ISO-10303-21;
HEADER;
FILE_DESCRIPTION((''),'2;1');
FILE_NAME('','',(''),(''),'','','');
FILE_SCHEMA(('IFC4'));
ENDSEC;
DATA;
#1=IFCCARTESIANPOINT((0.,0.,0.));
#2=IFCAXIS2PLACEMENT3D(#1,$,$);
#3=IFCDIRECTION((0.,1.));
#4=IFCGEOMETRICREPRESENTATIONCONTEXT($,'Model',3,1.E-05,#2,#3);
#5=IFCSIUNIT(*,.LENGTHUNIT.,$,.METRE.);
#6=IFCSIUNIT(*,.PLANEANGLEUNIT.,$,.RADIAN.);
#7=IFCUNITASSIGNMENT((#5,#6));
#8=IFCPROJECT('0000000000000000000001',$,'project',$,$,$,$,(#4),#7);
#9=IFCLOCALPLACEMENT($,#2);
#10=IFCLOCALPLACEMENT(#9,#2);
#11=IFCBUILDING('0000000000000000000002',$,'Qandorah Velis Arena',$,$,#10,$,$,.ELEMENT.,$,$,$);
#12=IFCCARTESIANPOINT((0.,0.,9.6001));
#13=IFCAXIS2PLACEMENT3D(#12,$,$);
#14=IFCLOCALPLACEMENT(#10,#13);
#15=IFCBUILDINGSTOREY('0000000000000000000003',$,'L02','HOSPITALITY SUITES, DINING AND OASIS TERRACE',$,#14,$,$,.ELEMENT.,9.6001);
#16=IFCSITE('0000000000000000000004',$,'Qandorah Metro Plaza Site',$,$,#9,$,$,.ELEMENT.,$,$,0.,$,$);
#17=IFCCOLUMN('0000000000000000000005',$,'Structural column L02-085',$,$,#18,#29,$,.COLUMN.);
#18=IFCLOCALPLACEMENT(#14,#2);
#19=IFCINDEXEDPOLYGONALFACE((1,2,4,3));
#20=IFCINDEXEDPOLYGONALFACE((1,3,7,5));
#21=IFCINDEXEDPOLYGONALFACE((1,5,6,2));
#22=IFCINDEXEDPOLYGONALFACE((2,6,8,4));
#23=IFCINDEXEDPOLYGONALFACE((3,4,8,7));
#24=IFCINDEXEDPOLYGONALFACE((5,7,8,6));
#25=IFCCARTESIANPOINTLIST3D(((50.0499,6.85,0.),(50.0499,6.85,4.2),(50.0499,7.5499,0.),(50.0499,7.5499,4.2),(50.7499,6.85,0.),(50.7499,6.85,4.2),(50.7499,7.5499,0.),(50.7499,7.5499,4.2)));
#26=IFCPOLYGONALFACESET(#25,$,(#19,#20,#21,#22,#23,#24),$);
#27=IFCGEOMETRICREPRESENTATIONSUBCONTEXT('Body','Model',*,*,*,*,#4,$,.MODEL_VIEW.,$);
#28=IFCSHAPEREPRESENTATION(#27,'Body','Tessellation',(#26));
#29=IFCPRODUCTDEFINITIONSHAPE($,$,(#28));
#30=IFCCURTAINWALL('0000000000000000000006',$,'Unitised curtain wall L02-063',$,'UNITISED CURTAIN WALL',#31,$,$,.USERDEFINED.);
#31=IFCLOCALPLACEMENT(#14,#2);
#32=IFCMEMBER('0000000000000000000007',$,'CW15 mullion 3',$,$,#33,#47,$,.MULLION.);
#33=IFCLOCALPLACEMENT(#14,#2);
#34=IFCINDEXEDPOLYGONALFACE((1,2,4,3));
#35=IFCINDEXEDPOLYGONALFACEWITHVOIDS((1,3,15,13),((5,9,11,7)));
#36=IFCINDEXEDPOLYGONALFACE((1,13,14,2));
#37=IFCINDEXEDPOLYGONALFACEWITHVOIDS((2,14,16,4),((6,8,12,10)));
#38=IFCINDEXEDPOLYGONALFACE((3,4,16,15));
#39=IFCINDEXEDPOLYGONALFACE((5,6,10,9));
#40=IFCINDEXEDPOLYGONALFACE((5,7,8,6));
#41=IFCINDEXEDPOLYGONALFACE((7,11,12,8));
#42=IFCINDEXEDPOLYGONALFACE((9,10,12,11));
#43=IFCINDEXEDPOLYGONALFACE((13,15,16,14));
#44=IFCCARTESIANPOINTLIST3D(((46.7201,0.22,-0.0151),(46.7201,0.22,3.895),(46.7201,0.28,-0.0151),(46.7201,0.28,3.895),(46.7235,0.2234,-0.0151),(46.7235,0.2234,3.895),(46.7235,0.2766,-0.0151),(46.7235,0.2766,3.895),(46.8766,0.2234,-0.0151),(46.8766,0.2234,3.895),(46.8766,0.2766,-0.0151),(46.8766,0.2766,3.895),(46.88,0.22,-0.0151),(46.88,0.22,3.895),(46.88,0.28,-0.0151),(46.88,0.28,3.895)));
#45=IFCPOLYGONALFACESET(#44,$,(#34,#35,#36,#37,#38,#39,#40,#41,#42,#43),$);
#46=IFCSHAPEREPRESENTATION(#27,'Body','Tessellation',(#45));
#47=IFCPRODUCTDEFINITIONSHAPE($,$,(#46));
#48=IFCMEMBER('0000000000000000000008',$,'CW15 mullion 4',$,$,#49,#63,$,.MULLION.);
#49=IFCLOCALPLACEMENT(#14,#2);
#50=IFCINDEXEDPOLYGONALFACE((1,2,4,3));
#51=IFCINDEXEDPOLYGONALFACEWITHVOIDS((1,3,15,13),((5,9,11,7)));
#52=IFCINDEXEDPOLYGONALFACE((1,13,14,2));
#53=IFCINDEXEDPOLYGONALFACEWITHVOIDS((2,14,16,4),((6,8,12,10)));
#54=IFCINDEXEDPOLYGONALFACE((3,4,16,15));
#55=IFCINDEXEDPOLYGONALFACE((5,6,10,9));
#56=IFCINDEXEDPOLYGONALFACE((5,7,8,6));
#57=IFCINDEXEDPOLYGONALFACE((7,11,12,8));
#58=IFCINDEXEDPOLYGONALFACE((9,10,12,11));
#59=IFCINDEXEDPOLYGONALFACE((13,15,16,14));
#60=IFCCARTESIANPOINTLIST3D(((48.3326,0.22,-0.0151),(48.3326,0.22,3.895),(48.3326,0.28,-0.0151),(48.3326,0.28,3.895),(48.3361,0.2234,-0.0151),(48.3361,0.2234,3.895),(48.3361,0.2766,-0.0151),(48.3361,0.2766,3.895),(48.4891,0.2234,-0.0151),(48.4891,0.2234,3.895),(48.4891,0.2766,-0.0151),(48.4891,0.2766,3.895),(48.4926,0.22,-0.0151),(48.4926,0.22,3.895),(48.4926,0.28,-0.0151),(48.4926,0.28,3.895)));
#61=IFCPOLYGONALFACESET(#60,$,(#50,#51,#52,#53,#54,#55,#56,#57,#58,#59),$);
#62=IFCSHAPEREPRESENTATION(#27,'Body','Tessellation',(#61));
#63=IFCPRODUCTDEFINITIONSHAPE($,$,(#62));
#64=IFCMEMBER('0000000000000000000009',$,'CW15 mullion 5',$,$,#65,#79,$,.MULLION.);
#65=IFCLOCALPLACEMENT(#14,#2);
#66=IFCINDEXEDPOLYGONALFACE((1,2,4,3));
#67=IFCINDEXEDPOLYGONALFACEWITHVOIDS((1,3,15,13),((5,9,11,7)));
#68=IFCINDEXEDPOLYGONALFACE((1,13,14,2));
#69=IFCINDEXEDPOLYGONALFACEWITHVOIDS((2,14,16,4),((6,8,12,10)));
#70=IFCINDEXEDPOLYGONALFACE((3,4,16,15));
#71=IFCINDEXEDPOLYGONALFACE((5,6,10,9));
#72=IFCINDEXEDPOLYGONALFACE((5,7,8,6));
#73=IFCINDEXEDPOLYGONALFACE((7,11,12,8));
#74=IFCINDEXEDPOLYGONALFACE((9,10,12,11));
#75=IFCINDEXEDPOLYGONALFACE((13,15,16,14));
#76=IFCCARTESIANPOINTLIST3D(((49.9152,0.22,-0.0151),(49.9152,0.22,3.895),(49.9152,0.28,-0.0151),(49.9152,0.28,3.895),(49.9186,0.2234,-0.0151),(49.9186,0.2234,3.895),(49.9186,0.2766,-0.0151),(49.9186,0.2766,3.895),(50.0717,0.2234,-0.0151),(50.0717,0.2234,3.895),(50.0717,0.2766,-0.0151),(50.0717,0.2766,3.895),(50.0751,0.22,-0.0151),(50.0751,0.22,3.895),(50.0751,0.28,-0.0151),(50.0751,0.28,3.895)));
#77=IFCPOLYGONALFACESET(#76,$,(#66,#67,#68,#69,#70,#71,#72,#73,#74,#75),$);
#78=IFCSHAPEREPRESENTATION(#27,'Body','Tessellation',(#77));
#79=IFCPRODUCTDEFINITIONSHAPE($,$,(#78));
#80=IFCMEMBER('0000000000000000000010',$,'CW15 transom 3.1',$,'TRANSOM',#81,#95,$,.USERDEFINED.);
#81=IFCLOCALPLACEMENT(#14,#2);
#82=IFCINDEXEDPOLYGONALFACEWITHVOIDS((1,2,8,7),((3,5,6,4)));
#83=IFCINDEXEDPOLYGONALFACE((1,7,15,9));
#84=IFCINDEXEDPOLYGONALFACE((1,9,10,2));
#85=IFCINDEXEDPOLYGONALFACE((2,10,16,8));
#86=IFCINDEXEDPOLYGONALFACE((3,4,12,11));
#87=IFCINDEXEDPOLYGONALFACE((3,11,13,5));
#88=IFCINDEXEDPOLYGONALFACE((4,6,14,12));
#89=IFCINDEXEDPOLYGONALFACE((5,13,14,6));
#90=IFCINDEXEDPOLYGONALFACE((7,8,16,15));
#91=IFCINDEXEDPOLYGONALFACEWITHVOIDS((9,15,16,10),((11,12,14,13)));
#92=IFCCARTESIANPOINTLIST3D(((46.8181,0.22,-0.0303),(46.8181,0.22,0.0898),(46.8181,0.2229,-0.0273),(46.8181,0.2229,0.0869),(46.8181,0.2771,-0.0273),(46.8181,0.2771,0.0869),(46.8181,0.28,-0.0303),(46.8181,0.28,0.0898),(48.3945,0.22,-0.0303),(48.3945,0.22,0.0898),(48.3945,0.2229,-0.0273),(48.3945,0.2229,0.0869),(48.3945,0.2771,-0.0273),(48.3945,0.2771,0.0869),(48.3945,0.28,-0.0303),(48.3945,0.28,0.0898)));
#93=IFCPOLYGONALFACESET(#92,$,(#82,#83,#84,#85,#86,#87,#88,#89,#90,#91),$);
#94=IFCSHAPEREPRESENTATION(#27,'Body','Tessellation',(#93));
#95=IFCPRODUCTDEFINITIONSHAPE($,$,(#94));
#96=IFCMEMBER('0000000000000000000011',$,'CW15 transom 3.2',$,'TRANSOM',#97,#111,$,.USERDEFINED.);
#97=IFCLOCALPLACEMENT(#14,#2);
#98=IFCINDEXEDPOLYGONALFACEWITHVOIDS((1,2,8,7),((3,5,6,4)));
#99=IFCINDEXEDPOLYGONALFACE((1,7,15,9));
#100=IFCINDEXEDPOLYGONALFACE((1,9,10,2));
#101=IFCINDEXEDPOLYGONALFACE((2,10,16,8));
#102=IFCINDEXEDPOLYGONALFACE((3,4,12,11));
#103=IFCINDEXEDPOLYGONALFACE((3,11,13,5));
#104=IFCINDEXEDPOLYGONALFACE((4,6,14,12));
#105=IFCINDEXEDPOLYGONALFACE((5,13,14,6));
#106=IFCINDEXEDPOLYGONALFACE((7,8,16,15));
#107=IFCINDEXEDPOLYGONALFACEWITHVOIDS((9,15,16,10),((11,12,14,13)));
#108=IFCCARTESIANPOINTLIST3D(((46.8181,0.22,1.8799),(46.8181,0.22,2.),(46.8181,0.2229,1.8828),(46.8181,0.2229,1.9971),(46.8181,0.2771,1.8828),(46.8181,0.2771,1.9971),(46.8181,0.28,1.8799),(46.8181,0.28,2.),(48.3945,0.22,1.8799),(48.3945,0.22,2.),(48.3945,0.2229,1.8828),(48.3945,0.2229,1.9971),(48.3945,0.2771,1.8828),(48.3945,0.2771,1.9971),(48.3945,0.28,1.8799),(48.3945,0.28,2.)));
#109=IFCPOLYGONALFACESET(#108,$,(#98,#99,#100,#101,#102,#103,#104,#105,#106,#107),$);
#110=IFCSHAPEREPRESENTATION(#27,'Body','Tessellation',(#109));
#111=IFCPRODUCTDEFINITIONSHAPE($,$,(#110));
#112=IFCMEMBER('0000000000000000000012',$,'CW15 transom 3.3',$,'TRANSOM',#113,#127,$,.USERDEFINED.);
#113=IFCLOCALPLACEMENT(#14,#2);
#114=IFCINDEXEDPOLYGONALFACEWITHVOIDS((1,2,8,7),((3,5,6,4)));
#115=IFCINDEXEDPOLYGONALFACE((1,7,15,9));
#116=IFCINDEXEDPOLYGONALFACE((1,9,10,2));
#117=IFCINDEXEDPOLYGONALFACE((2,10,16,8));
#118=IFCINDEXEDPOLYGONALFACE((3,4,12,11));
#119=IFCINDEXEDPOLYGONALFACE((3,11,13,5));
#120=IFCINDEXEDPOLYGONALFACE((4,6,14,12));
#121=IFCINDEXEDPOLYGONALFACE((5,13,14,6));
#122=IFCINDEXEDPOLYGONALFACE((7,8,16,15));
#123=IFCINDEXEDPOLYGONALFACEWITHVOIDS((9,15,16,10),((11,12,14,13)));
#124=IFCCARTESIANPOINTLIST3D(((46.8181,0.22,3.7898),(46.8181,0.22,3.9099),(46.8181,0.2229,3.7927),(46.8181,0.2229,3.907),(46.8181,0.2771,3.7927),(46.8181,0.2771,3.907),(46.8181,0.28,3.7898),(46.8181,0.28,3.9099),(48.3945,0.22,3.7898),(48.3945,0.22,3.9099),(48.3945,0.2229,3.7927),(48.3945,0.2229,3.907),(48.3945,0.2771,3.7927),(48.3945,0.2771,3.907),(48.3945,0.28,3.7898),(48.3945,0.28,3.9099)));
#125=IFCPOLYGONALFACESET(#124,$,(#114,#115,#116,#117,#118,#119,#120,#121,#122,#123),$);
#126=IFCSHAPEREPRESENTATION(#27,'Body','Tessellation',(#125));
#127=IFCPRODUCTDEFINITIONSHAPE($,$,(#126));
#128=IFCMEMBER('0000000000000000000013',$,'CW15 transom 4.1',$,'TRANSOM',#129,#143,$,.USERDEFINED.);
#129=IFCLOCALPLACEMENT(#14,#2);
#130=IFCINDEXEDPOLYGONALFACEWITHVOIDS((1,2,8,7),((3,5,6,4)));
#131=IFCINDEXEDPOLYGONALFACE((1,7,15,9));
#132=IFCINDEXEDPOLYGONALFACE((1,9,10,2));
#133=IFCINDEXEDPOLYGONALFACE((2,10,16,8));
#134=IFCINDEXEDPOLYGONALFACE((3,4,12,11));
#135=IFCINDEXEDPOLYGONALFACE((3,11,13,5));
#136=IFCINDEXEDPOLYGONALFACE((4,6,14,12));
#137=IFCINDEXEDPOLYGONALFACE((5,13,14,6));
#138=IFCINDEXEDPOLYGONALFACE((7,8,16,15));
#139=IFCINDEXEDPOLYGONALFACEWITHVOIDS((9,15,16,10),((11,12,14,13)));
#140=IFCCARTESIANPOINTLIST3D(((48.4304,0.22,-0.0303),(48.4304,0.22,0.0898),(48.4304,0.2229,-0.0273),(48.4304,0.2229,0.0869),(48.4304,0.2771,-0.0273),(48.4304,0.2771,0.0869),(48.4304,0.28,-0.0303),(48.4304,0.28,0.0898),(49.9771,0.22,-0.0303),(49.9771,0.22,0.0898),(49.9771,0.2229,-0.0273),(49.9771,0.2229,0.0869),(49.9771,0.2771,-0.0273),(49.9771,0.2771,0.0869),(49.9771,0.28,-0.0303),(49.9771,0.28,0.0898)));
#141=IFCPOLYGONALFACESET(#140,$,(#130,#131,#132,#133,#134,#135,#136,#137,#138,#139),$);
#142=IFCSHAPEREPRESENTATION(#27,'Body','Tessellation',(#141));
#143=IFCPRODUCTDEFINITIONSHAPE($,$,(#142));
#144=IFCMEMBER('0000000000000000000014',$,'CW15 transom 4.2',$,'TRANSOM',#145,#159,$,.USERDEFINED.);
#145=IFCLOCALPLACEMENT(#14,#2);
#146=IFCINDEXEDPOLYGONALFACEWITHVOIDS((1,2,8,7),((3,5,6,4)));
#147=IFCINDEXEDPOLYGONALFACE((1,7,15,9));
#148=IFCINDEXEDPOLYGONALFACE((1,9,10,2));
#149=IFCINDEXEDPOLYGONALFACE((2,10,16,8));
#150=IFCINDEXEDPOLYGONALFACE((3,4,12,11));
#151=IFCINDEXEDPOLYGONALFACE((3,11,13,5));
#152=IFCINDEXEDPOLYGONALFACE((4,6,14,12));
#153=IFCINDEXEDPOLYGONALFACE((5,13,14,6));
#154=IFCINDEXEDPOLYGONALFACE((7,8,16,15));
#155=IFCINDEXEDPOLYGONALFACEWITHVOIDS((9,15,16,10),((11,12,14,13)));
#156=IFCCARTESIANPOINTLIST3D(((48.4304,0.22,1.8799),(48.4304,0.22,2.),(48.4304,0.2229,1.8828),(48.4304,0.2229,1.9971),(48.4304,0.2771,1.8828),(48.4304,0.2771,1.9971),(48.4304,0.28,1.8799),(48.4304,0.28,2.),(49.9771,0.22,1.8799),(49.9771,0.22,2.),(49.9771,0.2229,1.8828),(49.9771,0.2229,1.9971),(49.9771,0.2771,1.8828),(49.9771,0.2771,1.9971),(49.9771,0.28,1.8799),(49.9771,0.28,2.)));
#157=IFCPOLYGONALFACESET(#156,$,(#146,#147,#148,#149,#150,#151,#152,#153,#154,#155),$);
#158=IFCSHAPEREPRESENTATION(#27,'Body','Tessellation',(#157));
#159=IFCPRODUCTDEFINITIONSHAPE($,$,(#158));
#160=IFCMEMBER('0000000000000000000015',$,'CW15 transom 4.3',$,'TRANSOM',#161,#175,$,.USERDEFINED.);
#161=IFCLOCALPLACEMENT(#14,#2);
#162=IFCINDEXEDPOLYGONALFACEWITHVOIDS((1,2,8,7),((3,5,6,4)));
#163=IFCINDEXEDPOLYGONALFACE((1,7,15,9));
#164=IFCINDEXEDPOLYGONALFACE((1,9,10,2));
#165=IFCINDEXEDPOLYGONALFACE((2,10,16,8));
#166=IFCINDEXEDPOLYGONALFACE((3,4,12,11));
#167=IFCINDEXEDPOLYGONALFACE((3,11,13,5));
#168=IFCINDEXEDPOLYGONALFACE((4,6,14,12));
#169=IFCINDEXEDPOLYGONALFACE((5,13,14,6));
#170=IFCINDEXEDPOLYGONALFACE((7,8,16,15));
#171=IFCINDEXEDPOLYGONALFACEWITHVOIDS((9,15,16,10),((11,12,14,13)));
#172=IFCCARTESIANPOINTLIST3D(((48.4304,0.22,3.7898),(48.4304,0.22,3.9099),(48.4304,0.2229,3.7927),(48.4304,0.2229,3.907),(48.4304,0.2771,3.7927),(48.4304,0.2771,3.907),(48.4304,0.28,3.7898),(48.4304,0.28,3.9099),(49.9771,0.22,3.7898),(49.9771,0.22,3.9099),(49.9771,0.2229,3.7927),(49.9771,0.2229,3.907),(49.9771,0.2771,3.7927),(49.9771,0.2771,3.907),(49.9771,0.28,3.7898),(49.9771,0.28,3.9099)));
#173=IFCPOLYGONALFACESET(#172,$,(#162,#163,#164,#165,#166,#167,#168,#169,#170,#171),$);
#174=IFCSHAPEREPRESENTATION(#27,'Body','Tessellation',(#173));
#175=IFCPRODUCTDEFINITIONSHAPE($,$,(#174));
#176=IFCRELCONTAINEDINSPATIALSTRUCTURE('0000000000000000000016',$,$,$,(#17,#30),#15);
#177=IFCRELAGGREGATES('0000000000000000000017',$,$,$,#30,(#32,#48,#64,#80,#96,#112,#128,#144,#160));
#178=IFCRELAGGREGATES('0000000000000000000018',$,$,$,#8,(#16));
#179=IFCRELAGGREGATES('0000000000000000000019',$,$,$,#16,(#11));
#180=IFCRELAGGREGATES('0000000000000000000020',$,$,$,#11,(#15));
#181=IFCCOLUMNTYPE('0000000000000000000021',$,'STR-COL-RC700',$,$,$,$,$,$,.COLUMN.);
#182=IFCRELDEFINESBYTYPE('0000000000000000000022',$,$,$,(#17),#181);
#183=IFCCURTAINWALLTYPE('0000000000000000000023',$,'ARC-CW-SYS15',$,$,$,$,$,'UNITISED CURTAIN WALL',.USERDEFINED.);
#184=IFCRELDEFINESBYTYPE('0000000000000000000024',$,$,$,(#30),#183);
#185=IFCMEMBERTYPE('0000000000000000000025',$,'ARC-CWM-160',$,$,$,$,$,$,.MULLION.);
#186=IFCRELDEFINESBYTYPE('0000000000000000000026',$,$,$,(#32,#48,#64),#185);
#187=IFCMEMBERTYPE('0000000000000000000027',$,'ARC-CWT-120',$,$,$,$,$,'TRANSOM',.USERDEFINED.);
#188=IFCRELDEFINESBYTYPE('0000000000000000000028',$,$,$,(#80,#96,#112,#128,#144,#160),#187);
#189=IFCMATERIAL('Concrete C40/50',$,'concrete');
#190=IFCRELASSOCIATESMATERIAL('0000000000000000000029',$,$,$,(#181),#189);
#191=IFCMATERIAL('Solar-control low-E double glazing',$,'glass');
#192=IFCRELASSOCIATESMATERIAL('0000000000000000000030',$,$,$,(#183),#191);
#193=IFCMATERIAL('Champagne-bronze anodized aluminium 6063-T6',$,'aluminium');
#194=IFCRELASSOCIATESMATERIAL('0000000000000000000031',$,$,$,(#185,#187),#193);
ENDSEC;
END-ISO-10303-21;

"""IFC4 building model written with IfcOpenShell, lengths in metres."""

from ifc_helpers import new_model, si_unit, direction, frame, origin, origin_2d, place, context, subcontext, project, spatial, rectangle, hollow_rectangle, extrude, material, material_profile, profile_set, type_object, element, aggregate, save


model = new_model("IFC4")

# Units and contexts
model_context = context("Model", 3, precision=1e-05, world=origin(), true_north=direction((0.0, 1.0)))
body_context = subcontext(model_context, "Body", "Model", "MODEL_VIEW")
ifc_project = project(units=[si_unit("LENGTHUNIT", "METRE"), si_unit("PLANEANGLEUNIT", "RADIAN")], contexts=[model_context])

# Site, building, storey
site_placement = place(None, origin())
site = spatial("IfcSite", under=ifc_project, at=site_placement, Name="Qandorah Metro Plaza Site", CompositionType="ELEMENT", RefElevation=0.0)
building_placement = place(site_placement, origin())
building = spatial("IfcBuilding", under=site, at=building_placement, Name="Qandorah Velis Arena", CompositionType="ELEMENT")
storey_placement = place(building_placement, frame((0.0, 0.0, 9.6001)))
storey = spatial("IfcBuildingStorey", under=building, at=storey_placement, Name="L02", Description="HOSPITALITY SUITES, DINING AND OASIS TERRACE", CompositionType="ELEMENT", Elevation=9.6001)

# Column
ifc_material_1 = material(Name="Concrete C40/50", Category="concrete")
ifc_material_profile_1 = material_profile(ifc_material_1, rectangle(XDim=0.7, YDim=0.7, at=origin_2d()), Name="RC COL 700x700")
ifc_profile_set_1 = profile_set([ifc_material_profile_1], Name="Concrete C40/50")
column_type = type_object("IfcColumnType", Name="STR-COL-RC700", PredefinedType="COLUMN", material=ifc_profile_set_1)
column_placement = place(storey_placement, frame((50.3999, 7.2, 0.0), z_axis=(0.0, 0.0, 1.0), x_axis=(1.0, 0.0, 0.0)))
element("IfcColumn", 1, at=column_placement, inside=storey, type_object=column_type, Name="Structural column L02-085", PredefinedType="COLUMN", context=body_context, shape_type="SweptSolid", body=[
    extrude(rectangle(XDim=0.7, YDim=0.7, at=origin_2d()), origin(), (0.0, 0.0, 1.0), 4.2),
])

# Curtain wall, members
ifc_material_2 = material(Name="Solar-control low-E double glazing", Category="glass")
curtain_wall_type = type_object("IfcCurtainWallType", Name="ARC-CW-SYS15", ElementType="UNITISED CURTAIN WALL", PredefinedType="USERDEFINED", material=ifc_material_2)
curtain_wall_placement = place(storey_placement, origin())
curtain_wall = element("IfcCurtainWall", 2, at=curtain_wall_placement, inside=storey, type_object=curtain_wall_type, Name="Unitised curtain wall L02-063", ObjectType="UNITISED CURTAIN WALL", PredefinedType="USERDEFINED")
ifc_material_3 = material(Name="Champagne-bronze anodized aluminium 6063-T6", Category="aluminium")
ifc_material_profile_2 = material_profile(ifc_material_3, hollow_rectangle(XDim=0.0601, YDim=0.1599, WallThickness=0.0034, at=origin_2d()), Name="ALU MULLION 60x160")
ifc_profile_set_2 = profile_set([ifc_material_profile_2], Name="Champagne-bronze anodized aluminium 6063-T6")
member_type_1 = type_object("IfcMemberType", Name="ARC-CWM-160", PredefinedType="MULLION", material=ifc_profile_set_2)
member_1_placement = place(storey_placement, frame((46.8, 0.25, -0.0151), z_axis=(0.0, 0.0, 1.0), x_axis=(0.0, 1.0, 0.0)))
member_1 = element("IfcMember", 3, at=member_1_placement, type_object=member_type_1, Name="CW15 mullion 3", PredefinedType="MULLION", context=body_context, shape_type="SweptSolid", body=[
    extrude(hollow_rectangle(XDim=0.0601, YDim=0.1599, WallThickness=0.0034, at=origin_2d()), origin(), (0.0, 0.0, 1.0), 3.9102),
])
member_2_placement = place(storey_placement, frame((48.4126, 0.25, -0.0151), z_axis=(0.0, 0.0, 1.0), x_axis=(0.0, 1.0, 0.0)))
member_2 = element("IfcMember", 4, at=member_2_placement, type_object=member_type_1, Name="CW15 mullion 4", PredefinedType="MULLION", context=body_context, shape_type="SweptSolid", body=[
    extrude(hollow_rectangle(XDim=0.0601, YDim=0.1599, WallThickness=0.0034, at=origin_2d()), origin(), (0.0, 0.0, 1.0), 3.9102),
])
member_3_placement = place(storey_placement, frame((49.9951, 0.25, -0.0151), z_axis=(0.0, 0.0, 1.0), x_axis=(0.0, 1.0, 0.0)))
member_3 = element("IfcMember", 5, at=member_3_placement, type_object=member_type_1, Name="CW15 mullion 5", PredefinedType="MULLION", context=body_context, shape_type="SweptSolid", body=[
    extrude(hollow_rectangle(XDim=0.0601, YDim=0.1599, WallThickness=0.0034, at=origin_2d()), origin(), (0.0, 0.0, 1.0), 3.9102),
])
ifc_material_profile_3 = material_profile(ifc_material_3, hollow_rectangle(XDim=0.0601, YDim=0.1201, WallThickness=0.0029, at=origin_2d()), Name="ALU TRANSOM 60x120")
ifc_profile_set_3 = profile_set([ifc_material_profile_3], Name="Champagne-bronze anodized aluminium 6063-T6")
member_type_2 = type_object("IfcMemberType", Name="ARC-CWT-120", ElementType="TRANSOM", PredefinedType="USERDEFINED", material=ifc_profile_set_3)
member_4_placement = place(storey_placement, frame((46.8181, 0.25, 0.0298), z_axis=(1.0, 0.0, 0.0), x_axis=(0.0, 1.0, 0.0)))
member_4 = element("IfcMember", 6, at=member_4_placement, type_object=member_type_2, Name="CW15 transom 3.1", ObjectType="TRANSOM", PredefinedType="USERDEFINED", context=body_context, shape_type="SweptSolid", body=[
    extrude(hollow_rectangle(XDim=0.0601, YDim=0.1201, WallThickness=0.0029, at=origin_2d()), origin(), (0.0, 0.0, 1.0), 1.5764),
])
member_5_placement = place(storey_placement, frame((46.8181, 0.25, 1.9399), z_axis=(1.0, 0.0, 0.0), x_axis=(0.0, 1.0, 0.0)))
member_5 = element("IfcMember", 7, at=member_5_placement, type_object=member_type_2, Name="CW15 transom 3.2", ObjectType="TRANSOM", PredefinedType="USERDEFINED", context=body_context, shape_type="SweptSolid", body=[
    extrude(hollow_rectangle(XDim=0.0601, YDim=0.1201, WallThickness=0.0029, at=origin_2d()), origin(), (0.0, 0.0, 1.0), 1.5764),
])
member_6_placement = place(storey_placement, frame((46.8181, 0.25, 3.8499), z_axis=(1.0, 0.0, 0.0), x_axis=(0.0, 1.0, 0.0)))
member_6 = element("IfcMember", 8, at=member_6_placement, type_object=member_type_2, Name="CW15 transom 3.3", ObjectType="TRANSOM", PredefinedType="USERDEFINED", context=body_context, shape_type="SweptSolid", body=[
    extrude(hollow_rectangle(XDim=0.0601, YDim=0.1201, WallThickness=0.0029, at=origin_2d()), origin(), (0.0, 0.0, 1.0), 1.5764),
])
member_7_placement = place(storey_placement, frame((48.4304, 0.25, 0.0298), z_axis=(1.0, 0.0, 0.0), x_axis=(0.0, 1.0, 0.0)))
member_7 = element("IfcMember", 9, at=member_7_placement, type_object=member_type_2, Name="CW15 transom 4.1", ObjectType="TRANSOM", PredefinedType="USERDEFINED", context=body_context, shape_type="SweptSolid", body=[
    extrude(hollow_rectangle(XDim=0.0601, YDim=0.1201, WallThickness=0.0029, at=origin_2d()), origin(), (0.0, 0.0, 1.0), 1.5466),
])
member_8_placement = place(storey_placement, frame((48.4304, 0.25, 1.9399), z_axis=(1.0, 0.0, 0.0), x_axis=(0.0, 1.0, 0.0)))
member_8 = element("IfcMember", 10, at=member_8_placement, type_object=member_type_2, Name="CW15 transom 4.2", ObjectType="TRANSOM", PredefinedType="USERDEFINED", context=body_context, shape_type="SweptSolid", body=[
    extrude(hollow_rectangle(XDim=0.0601, YDim=0.1201, WallThickness=0.0029, at=origin_2d()), origin(), (0.0, 0.0, 1.0), 1.5466),
])
member_9_placement = place(storey_placement, frame((48.4304, 0.25, 3.8499), z_axis=(1.0, 0.0, 0.0), x_axis=(0.0, 1.0, 0.0)))
member_9 = element("IfcMember", 11, at=member_9_placement, type_object=member_type_2, Name="CW15 transom 4.3", ObjectType="TRANSOM", PredefinedType="USERDEFINED", context=body_context, shape_type="SweptSolid", body=[
    extrude(hollow_rectangle(XDim=0.0601, YDim=0.1201, WallThickness=0.0029, at=origin_2d()), origin(), (0.0, 0.0, 1.0), 1.5466),
])

aggregate(curtain_wall, [member_1, member_2, member_3, member_4, member_5, member_6, member_7, member_8, member_9])

save(model, "model.ifc")
